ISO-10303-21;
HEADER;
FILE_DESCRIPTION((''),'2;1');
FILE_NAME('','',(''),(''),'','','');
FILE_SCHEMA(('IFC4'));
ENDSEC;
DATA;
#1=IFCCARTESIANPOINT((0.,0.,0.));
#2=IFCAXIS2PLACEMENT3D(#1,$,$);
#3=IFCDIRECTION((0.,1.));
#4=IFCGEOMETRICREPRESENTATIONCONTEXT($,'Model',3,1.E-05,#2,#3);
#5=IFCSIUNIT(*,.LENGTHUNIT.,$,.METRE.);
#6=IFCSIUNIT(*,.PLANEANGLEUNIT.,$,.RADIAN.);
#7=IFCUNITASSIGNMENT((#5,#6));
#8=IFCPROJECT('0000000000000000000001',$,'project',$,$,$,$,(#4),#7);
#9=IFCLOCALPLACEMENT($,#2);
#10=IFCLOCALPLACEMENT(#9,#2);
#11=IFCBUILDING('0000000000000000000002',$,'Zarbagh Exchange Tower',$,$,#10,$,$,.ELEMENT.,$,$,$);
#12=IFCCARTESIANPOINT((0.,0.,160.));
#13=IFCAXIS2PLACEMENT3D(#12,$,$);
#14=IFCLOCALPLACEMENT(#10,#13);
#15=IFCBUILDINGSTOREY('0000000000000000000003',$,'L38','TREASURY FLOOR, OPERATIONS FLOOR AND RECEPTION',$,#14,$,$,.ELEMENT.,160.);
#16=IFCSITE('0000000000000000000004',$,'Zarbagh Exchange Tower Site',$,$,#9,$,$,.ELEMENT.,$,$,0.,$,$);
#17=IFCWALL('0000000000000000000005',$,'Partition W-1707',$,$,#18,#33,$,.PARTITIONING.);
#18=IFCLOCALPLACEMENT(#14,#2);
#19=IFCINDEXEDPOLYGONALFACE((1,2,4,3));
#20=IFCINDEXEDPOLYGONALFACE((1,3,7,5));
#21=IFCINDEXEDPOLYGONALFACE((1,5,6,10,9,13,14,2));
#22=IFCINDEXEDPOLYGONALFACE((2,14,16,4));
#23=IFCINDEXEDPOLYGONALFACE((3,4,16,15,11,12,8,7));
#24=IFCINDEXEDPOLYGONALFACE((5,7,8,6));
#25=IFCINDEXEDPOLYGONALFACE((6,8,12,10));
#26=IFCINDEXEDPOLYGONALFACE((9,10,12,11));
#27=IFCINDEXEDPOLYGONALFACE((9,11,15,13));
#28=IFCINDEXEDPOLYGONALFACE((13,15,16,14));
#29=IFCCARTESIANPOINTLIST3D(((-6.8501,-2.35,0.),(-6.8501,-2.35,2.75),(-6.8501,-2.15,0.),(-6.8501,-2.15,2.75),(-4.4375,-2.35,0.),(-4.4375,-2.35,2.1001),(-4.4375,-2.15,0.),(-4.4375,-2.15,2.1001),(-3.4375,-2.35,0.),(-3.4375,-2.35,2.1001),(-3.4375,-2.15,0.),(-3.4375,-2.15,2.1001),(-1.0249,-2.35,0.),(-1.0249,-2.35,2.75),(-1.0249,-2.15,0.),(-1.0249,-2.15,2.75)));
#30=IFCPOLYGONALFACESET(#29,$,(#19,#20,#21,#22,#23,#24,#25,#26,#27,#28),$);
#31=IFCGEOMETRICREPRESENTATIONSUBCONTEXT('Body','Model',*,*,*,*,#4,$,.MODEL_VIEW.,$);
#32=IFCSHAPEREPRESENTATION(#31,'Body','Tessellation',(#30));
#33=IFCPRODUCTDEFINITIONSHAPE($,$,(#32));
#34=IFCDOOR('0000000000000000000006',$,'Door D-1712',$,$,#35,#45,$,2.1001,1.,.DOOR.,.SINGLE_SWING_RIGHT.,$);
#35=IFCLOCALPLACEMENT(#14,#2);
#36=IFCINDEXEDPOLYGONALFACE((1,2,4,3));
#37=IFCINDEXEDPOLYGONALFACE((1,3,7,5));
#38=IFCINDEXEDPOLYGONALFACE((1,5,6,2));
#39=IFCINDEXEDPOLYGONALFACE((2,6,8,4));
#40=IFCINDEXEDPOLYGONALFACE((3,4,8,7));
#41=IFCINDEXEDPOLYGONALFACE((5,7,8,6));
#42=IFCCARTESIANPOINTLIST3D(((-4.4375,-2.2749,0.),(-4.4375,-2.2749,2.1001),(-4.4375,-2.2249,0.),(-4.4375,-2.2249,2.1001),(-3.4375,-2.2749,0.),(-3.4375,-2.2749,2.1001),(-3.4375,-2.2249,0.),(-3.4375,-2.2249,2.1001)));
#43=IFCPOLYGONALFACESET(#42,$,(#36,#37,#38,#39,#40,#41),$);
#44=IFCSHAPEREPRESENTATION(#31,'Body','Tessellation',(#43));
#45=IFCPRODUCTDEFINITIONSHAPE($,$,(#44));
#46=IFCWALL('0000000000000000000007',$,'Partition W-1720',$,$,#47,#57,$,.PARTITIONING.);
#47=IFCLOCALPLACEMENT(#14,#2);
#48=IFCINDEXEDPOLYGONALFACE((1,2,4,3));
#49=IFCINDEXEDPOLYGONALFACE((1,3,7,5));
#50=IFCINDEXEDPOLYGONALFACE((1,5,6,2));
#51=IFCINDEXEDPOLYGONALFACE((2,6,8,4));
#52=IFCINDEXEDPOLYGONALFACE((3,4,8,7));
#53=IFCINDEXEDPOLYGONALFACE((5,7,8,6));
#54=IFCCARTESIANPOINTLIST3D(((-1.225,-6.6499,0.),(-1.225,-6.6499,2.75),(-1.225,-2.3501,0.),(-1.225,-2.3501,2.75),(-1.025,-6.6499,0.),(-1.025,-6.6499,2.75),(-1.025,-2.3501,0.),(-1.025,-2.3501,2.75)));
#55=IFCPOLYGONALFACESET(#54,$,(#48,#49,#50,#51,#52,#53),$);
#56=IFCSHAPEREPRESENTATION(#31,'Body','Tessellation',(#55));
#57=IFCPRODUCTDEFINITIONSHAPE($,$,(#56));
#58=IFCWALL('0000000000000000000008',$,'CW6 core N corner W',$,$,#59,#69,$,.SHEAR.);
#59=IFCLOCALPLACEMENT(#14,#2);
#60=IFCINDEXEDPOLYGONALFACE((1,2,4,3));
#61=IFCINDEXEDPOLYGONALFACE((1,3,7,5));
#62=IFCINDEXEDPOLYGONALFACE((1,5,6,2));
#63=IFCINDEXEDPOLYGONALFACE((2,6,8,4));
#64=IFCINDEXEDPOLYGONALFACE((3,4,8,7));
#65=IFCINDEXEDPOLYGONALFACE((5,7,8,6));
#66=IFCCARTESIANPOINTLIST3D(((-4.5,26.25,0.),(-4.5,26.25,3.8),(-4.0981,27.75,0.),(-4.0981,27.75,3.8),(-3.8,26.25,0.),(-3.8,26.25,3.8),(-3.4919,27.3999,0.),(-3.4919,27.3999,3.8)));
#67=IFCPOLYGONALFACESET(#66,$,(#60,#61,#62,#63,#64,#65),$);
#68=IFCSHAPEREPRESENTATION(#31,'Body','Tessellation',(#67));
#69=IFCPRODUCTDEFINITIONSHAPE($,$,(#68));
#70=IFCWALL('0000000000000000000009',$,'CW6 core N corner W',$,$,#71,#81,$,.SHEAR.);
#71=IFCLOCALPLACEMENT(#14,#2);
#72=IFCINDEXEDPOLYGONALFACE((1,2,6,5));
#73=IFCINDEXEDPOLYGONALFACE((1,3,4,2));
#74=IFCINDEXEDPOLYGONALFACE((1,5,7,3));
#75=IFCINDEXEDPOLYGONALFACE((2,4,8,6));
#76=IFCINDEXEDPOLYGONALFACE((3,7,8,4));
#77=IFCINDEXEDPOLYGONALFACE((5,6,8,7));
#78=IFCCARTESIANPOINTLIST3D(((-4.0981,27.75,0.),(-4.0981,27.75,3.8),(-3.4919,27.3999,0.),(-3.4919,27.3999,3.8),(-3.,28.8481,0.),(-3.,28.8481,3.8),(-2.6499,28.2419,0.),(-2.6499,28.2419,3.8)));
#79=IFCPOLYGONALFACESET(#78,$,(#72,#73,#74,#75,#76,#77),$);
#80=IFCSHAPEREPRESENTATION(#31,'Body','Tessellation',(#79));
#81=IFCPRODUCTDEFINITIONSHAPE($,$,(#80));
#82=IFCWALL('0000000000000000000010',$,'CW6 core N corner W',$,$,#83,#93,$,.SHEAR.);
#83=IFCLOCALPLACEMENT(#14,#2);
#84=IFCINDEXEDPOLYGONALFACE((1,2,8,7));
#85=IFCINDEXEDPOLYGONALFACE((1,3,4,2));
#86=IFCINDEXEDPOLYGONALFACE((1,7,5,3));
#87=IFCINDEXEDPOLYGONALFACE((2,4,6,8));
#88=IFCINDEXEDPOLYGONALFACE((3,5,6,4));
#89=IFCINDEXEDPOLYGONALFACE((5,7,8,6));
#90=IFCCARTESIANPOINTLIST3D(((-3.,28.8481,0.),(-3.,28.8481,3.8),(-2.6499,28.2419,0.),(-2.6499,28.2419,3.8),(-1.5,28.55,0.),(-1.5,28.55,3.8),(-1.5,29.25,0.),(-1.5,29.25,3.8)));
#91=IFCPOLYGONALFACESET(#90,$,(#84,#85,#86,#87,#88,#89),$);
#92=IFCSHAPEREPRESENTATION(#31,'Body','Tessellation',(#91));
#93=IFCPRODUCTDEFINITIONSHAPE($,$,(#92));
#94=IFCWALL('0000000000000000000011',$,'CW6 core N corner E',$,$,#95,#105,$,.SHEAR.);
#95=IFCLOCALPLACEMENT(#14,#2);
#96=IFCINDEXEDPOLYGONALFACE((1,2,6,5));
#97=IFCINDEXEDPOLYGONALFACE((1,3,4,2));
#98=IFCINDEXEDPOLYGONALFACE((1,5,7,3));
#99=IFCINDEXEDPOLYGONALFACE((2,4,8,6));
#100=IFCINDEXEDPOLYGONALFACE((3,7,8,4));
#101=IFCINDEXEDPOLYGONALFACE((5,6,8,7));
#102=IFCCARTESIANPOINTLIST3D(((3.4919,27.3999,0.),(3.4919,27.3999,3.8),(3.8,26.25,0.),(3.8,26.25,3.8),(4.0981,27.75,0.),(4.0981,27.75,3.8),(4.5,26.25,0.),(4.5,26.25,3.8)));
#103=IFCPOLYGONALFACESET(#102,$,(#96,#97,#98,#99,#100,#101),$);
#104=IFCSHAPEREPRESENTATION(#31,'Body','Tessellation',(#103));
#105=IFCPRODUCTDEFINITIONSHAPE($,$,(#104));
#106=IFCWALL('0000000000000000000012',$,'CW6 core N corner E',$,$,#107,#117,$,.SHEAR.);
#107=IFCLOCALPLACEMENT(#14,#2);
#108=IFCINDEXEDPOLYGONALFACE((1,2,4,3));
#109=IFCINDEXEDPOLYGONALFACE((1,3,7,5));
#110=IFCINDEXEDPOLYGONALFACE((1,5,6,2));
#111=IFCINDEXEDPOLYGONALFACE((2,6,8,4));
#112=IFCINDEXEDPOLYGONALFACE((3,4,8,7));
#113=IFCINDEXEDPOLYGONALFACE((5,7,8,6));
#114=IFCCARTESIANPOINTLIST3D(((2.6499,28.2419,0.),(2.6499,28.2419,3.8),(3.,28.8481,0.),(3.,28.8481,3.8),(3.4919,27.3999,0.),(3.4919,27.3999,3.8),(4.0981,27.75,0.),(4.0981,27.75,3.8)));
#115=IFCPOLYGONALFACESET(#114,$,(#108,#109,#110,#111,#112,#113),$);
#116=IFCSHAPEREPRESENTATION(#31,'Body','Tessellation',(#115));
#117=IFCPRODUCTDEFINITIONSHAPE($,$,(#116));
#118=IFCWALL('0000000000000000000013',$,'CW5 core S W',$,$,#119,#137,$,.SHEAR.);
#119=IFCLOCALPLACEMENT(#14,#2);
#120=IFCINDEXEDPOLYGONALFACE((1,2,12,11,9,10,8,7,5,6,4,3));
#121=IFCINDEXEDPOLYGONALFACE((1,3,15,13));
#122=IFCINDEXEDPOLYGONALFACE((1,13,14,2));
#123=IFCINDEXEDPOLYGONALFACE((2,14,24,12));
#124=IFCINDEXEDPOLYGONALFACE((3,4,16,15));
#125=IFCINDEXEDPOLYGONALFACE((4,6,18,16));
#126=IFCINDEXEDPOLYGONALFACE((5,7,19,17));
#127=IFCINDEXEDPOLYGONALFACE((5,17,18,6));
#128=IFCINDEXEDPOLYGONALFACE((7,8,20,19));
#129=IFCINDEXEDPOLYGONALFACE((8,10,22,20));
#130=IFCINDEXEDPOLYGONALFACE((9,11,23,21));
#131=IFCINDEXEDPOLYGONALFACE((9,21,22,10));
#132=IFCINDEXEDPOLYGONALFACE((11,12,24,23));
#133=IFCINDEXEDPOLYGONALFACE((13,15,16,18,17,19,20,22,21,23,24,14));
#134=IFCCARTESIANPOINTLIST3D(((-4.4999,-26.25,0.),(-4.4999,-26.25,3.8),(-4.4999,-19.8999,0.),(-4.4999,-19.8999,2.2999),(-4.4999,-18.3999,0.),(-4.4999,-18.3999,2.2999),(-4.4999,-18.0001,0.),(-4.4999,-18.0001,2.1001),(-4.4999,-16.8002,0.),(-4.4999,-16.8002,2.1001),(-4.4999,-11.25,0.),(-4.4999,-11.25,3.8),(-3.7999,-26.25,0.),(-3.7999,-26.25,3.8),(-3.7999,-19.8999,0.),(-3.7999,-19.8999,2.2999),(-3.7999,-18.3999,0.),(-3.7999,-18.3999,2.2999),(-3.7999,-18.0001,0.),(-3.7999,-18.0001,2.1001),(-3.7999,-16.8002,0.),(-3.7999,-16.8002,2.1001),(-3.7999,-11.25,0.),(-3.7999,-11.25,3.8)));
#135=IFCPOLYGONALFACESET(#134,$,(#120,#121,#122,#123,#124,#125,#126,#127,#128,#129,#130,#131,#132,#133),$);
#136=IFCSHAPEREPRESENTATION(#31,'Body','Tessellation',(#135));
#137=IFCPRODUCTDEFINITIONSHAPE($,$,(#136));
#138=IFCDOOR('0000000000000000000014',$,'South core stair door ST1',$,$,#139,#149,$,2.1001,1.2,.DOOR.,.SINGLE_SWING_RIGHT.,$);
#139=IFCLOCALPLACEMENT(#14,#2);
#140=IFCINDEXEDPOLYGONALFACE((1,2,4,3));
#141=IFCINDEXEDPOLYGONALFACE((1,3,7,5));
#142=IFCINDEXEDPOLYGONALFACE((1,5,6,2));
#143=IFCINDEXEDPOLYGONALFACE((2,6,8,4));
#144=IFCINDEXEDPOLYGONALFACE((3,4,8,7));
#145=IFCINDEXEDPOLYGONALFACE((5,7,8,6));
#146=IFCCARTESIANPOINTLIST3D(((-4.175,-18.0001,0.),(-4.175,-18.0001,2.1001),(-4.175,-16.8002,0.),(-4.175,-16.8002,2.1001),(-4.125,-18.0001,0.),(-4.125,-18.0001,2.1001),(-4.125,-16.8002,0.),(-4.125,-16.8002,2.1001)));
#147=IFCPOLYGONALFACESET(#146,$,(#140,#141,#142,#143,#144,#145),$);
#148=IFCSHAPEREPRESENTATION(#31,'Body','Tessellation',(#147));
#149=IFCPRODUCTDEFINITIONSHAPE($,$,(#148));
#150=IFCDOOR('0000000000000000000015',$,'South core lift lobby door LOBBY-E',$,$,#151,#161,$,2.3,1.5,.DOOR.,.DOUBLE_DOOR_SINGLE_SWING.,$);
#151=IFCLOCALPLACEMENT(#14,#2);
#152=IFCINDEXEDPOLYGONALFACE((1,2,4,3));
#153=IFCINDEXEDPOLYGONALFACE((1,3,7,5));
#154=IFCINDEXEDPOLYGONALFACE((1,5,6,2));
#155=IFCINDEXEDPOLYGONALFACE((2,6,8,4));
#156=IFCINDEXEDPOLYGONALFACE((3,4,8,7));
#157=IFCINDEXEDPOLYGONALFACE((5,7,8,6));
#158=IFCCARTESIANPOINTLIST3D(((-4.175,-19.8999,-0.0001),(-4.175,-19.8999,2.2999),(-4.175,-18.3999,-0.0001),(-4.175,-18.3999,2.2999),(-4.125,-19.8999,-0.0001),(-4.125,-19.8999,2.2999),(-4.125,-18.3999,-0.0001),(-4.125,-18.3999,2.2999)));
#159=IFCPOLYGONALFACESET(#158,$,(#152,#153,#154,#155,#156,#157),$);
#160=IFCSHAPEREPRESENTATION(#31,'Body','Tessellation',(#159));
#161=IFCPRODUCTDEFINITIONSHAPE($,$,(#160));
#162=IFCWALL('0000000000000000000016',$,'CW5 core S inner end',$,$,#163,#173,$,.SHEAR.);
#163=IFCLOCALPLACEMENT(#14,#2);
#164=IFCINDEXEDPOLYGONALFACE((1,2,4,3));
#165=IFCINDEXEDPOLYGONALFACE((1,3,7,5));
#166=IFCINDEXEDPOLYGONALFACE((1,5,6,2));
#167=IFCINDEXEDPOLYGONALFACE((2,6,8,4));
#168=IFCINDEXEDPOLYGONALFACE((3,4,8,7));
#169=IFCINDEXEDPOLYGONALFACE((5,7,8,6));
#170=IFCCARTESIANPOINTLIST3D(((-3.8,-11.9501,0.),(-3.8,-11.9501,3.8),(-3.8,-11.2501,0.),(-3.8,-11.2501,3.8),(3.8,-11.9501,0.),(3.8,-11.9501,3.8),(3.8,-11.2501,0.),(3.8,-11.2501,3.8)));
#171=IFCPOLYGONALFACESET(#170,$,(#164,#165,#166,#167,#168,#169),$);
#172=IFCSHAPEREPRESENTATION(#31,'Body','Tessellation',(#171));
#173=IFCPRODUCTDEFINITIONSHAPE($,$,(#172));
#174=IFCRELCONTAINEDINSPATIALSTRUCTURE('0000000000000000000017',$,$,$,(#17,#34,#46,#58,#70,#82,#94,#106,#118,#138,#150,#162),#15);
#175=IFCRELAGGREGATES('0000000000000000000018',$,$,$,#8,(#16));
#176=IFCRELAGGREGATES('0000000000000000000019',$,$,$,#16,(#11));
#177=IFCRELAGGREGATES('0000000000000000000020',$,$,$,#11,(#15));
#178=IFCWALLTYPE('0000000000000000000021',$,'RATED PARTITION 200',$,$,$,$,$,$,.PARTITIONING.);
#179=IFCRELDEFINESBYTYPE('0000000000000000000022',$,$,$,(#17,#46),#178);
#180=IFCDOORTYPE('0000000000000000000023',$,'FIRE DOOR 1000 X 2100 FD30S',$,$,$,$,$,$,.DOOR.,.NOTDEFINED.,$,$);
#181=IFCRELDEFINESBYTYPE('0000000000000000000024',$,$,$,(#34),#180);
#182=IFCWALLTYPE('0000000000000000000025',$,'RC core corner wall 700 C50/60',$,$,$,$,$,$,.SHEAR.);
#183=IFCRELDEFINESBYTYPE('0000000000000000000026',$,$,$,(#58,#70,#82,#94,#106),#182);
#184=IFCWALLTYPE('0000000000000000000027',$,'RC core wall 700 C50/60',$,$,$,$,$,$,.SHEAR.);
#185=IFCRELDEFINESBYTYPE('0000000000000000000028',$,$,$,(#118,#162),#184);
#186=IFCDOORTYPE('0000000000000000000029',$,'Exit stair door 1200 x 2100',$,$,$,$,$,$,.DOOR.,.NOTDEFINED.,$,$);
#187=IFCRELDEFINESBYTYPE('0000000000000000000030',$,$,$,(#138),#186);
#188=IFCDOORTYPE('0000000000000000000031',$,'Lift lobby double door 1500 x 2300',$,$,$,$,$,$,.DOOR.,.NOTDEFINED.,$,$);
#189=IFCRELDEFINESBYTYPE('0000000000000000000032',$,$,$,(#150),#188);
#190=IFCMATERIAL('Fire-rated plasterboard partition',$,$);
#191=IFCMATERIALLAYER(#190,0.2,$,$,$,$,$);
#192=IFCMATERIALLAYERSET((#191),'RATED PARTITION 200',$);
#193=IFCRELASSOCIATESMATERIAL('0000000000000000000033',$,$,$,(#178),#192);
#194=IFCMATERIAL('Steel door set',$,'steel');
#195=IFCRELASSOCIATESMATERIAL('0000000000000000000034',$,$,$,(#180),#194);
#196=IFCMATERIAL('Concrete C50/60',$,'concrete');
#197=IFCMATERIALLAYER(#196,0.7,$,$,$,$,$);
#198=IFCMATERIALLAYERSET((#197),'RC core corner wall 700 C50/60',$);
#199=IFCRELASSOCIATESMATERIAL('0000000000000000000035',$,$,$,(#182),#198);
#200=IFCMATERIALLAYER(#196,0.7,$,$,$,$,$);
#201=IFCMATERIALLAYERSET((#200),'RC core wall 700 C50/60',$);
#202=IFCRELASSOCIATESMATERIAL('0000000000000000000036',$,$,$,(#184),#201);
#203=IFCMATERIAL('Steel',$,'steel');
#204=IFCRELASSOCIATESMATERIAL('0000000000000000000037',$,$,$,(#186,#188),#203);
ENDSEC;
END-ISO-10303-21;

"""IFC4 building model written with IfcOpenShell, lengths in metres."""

from ifc_helpers import new_model, si_unit, direction, frame, frame_2d, origin, place, context, subcontext, project, spatial, polyline, rectangle, outline, extrude, material, layer, layer_set, type_object, element, fill, save


model = new_model("IFC4")

# Units and contexts
model_context = context("Model", 3, precision=1e-05, world=origin(), true_north=direction((0.0, 1.0)))
body_context = subcontext(model_context, "Body", "Model", "MODEL_VIEW")
ifc_project = project(units=[si_unit("LENGTHUNIT", "METRE"), si_unit("PLANEANGLEUNIT", "RADIAN")], contexts=[model_context])

# Site, building, storey
site_placement = place(None, origin())
site = spatial("IfcSite", under=ifc_project, at=site_placement, Name="Zarbagh Exchange Tower Site", CompositionType="ELEMENT", RefElevation=0.0)
building_placement = place(site_placement, origin())
building = spatial("IfcBuilding", under=site, at=building_placement, Name="Zarbagh Exchange Tower", CompositionType="ELEMENT")
storey_placement = place(building_placement, frame((0.0, 0.0, 160.0)))
storey = spatial("IfcBuildingStorey", under=building, at=storey_placement, Name="L38", Description="TREASURY FLOOR, OPERATIONS FLOOR AND RECEPTION", CompositionType="ELEMENT", Elevation=160.0)

# Shared definitions
ifc_material_1 = material(Name="Concrete C50/60", Category="concrete")

# Wall, opening, door
ifc_material_2 = material(Name="Fire-rated plasterboard partition")
ifc_layer_1 = layer(ifc_material_2, 0.2)
ifc_layer_set_1 = layer_set([ifc_layer_1], Name="RATED PARTITION 200")
wall_type_1 = type_object("IfcWallType", Name="RATED PARTITION 200", PredefinedType="PARTITIONING", material=ifc_layer_set_1)
wall_1_placement = place(storey_placement, frame((-1.0249, -2.25, 0.0), z_axis=(0.0, 0.0, 1.0), x_axis=(-1.0, 0.0, 0.0)))
wall_1 = element("IfcWall", 1, at=wall_1_placement, inside=storey, type_object=wall_type_1, Name="Partition W-1707", PredefinedType="PARTITIONING", context=body_context, shape_type="SweptSolid", body=[
    extrude(rectangle(XDim=5.8252, YDim=0.2, at=frame_2d((2.9126, 0.0))), origin(), (0.0, 0.0, 1.0), 2.75),
])
opening_1_placement = place(wall_1_placement, frame((2.4126, 0.0, 0.0)))
opening_1 = element("IfcOpeningElement", 2, at=opening_1_placement, cuts=wall_1, PredefinedType="OPENING", context=body_context, shape_type="SweptSolid", body=[
    extrude(rectangle(XDim=1.0, YDim=2.1001, at=frame_2d((0.5, 1.05))), frame((0.0, 0.1099, 0.0), z_axis=(0.0, -1.0, 0.0), x_axis=(1.0, 0.0, 0.0)), (0.0, 0.0, 1.0), 0.22),
])
ifc_material_3 = material(Name="Steel door set", Category="steel")
door_type_1 = type_object("IfcDoorType", Name="FIRE DOOR 1000 X 2100 FD30S", OperationType="NOTDEFINED", PredefinedType="DOOR", material=ifc_material_3)
door_1_placement = place(opening_1_placement, origin())
door_1 = element("IfcDoor", 3, at=door_1_placement, inside=storey, type_object=door_type_1, Name="Door D-1712", OperationType="SINGLE_SWING_RIGHT", OverallHeight=2.1001, OverallWidth=1.0, PredefinedType="DOOR", context=body_context, shape_type="SweptSolid", body=[
    extrude(rectangle(XDim=1.0, YDim=2.1001, at=frame_2d((0.5, 1.05))), frame((0.0, 0.0249, 0.0), z_axis=(0.0, -1.0, 0.0), x_axis=(1.0, 0.0, 0.0)), (0.0, 0.0, 1.0), 0.05),
])
fill(opening_1, door_1)

# Walls
wall_2_placement = place(storey_placement, frame((-1.125, -6.6499, 0.0), z_axis=(0.0, 0.0, 1.0), x_axis=(0.0, 1.0, 0.0)))
element("IfcWall", 4, at=wall_2_placement, inside=storey, type_object=wall_type_1, Name="Partition W-1720", PredefinedType="PARTITIONING", context=body_context, shape_type="SweptSolid", body=[
    extrude(rectangle(XDim=4.2998, YDim=0.2, at=frame_2d((2.1499, 0.0))), origin(), (0.0, 0.0, 1.0), 2.75),
])
ifc_layer_2 = layer(ifc_material_1, 0.7)
ifc_layer_set_2 = layer_set([ifc_layer_2], Name="RC core corner wall 700 C50/60")
wall_type_2 = type_object("IfcWallType", Name="RC core corner wall 700 C50/60", PredefinedType="SHEAR", material=ifc_layer_set_2)
wall_3_placement = place(storey_placement, origin())
element("IfcWall", 5, at=wall_3_placement, inside=storey, type_object=wall_type_2, Name="CW6 core N corner W", PredefinedType="SHEAR", context=body_context, shape_type="SweptSolid", body=[
    extrude(outline(polyline([(-4.5, 26.25), (-4.0981, 27.75), (-3.4919, 27.3999), (-3.8, 26.25), (-4.5, 26.25)])), origin(), (0.0, 0.0, 1.0), 3.8),
])
wall_4_placement = place(storey_placement, origin())
element("IfcWall", 6, at=wall_4_placement, inside=storey, type_object=wall_type_2, Name="CW6 core N corner W", PredefinedType="SHEAR", context=body_context, shape_type="SweptSolid", body=[
    extrude(outline(polyline([(-4.0981, 27.75), (-3.0, 28.8481), (-2.6499, 28.2419), (-3.4919, 27.3999), (-4.0981, 27.75)])), origin(), (0.0, 0.0, 1.0), 3.8),
])
wall_5_placement = place(storey_placement, origin())
element("IfcWall", 7, at=wall_5_placement, inside=storey, type_object=wall_type_2, Name="CW6 core N corner W", PredefinedType="SHEAR", context=body_context, shape_type="SweptSolid", body=[
    extrude(outline(polyline([(-3.0, 28.8481), (-1.5, 29.25), (-1.5, 28.55), (-2.6499, 28.2419), (-3.0, 28.8481)])), origin(), (0.0, 0.0, 1.0), 3.8),
])
wall_6_placement = place(storey_placement, origin())
element("IfcWall", 8, at=wall_6_placement, inside=storey, type_object=wall_type_2, Name="CW6 core N corner E", PredefinedType="SHEAR", context=body_context, shape_type="SweptSolid", body=[
    extrude(outline(polyline([(4.5, 26.25), (4.0981, 27.75), (3.4919, 27.3999), (3.8, 26.25), (4.5, 26.25)])), origin(), (0.0, 0.0, 1.0), 3.8),
])
wall_7_placement = place(storey_placement, origin())
element("IfcWall", 9, at=wall_7_placement, inside=storey, type_object=wall_type_2, Name="CW6 core N corner E", PredefinedType="SHEAR", context=body_context, shape_type="SweptSolid", body=[
    extrude(outline(polyline([(4.0981, 27.75), (3.0, 28.8481), (2.6499, 28.2419), (3.4919, 27.3999), (4.0981, 27.75)])), origin(), (0.0, 0.0, 1.0), 3.8),
])

# Wall, openings, doors
ifc_layer_3 = layer(ifc_material_1, 0.7)
ifc_layer_set_3 = layer_set([ifc_layer_3], Name="RC core wall 700 C50/60")
wall_type_3 = type_object("IfcWallType", Name="RC core wall 700 C50/60", PredefinedType="SHEAR", material=ifc_layer_set_3)
wall_8_placement = place(storey_placement, frame((-4.1499, -11.25, 0.0), z_axis=(0.0, 0.0, 1.0), x_axis=(0.0, -1.0, 0.0)))
wall_8 = element("IfcWall", 10, at=wall_8_placement, inside=storey, type_object=wall_type_3, Name="CW5 core S W", PredefinedType="SHEAR", context=body_context, shape_type="SweptSolid", body=[
    extrude(rectangle(XDim=15.0, YDim=0.7, at=frame_2d((7.5, 0.0))), origin(), (0.0, 0.0, 1.0), 3.8),
])
opening_2_placement = place(wall_8_placement, frame((7.1499, 0.0, 0.0)))
opening_2 = element("IfcOpeningElement", 11, at=opening_2_placement, cuts=wall_8, PredefinedType="OPENING", context=body_context, shape_type="SweptSolid", body=[
    extrude(rectangle(XDim=1.5, YDim=2.3, at=frame_2d((0.75, 1.1499))), frame((0.0, 0.3599, 0.0), z_axis=(0.0, -1.0, 0.0), x_axis=(1.0, 0.0, 0.0)), (0.0, 0.0, 1.0), 0.72),
])
opening_3_placement = place(wall_8_placement, frame((5.55, 0.0, 0.0)))
opening_3 = element("IfcOpeningElement", 12, at=opening_3_placement, cuts=wall_8, PredefinedType="OPENING", context=body_context, shape_type="SweptSolid", body=[
    extrude(rectangle(XDim=1.2, YDim=2.1001, at=frame_2d((0.6001, 1.05))), frame((0.0, 0.3599, 0.0), z_axis=(0.0, -1.0, 0.0), x_axis=(1.0, 0.0, 0.0)), (0.0, 0.0, 1.0), 0.72),
])
ifc_material_4 = material(Name="Steel", Category="steel")
door_type_2 = type_object("IfcDoorType", Name="Exit stair door 1200 x 2100", OperationType="NOTDEFINED", PredefinedType="DOOR", material=ifc_material_4)
door_2_placement = place(opening_3_placement, origin())
door_2 = element("IfcDoor", 13, at=door_2_placement, inside=storey, type_object=door_type_2, Name="South core stair door ST1", OperationType="SINGLE_SWING_RIGHT", OverallHeight=2.1001, OverallWidth=1.2, PredefinedType="DOOR", context=body_context, shape_type="SweptSolid", body=[
    extrude(rectangle(XDim=1.2, YDim=2.1001, at=frame_2d((0.6001, 1.05))), frame((0.0, 0.0249, 0.0), z_axis=(0.0, -1.0, 0.0), x_axis=(1.0, 0.0, 0.0)), (0.0, 0.0, 1.0), 0.05),
])
fill(opening_3, door_2)
door_type_3 = type_object("IfcDoorType", Name="Lift lobby double door 1500 x 2300", OperationType="NOTDEFINED", PredefinedType="DOOR", material=ifc_material_4)
door_3_placement = place(opening_2_placement, origin())
door_3 = element("IfcDoor", 14, at=door_3_placement, inside=storey, type_object=door_type_3, Name="South core lift lobby door LOBBY-E", OperationType="DOUBLE_DOOR_SINGLE_SWING", OverallHeight=2.3, OverallWidth=1.5, PredefinedType="DOOR", context=body_context, shape_type="SweptSolid", body=[
    extrude(rectangle(XDim=1.5, YDim=2.3, at=frame_2d((0.75, 1.1499))), frame((0.0, 0.0249, 0.0), z_axis=(0.0, -1.0, 0.0), x_axis=(1.0, 0.0, 0.0)), (0.0, 0.0, 1.0), 0.05),
])
fill(opening_2, door_3)

# Wall
wall_9_placement = place(storey_placement, frame((-3.8, -11.6001, 0.0), z_axis=(0.0, 0.0, 1.0), x_axis=(1.0, 0.0, 0.0)))
element("IfcWall", 15, at=wall_9_placement, inside=storey, type_object=wall_type_3, Name="CW5 core S inner end", PredefinedType="SHEAR", context=body_context, shape_type="SweptSolid", body=[
    extrude(rectangle(XDim=7.6001, YDim=0.7, at=frame_2d((3.8, 0.0))), origin(), (0.0, 0.0, 1.0), 3.8),
])

save(model, "model.ifc")
